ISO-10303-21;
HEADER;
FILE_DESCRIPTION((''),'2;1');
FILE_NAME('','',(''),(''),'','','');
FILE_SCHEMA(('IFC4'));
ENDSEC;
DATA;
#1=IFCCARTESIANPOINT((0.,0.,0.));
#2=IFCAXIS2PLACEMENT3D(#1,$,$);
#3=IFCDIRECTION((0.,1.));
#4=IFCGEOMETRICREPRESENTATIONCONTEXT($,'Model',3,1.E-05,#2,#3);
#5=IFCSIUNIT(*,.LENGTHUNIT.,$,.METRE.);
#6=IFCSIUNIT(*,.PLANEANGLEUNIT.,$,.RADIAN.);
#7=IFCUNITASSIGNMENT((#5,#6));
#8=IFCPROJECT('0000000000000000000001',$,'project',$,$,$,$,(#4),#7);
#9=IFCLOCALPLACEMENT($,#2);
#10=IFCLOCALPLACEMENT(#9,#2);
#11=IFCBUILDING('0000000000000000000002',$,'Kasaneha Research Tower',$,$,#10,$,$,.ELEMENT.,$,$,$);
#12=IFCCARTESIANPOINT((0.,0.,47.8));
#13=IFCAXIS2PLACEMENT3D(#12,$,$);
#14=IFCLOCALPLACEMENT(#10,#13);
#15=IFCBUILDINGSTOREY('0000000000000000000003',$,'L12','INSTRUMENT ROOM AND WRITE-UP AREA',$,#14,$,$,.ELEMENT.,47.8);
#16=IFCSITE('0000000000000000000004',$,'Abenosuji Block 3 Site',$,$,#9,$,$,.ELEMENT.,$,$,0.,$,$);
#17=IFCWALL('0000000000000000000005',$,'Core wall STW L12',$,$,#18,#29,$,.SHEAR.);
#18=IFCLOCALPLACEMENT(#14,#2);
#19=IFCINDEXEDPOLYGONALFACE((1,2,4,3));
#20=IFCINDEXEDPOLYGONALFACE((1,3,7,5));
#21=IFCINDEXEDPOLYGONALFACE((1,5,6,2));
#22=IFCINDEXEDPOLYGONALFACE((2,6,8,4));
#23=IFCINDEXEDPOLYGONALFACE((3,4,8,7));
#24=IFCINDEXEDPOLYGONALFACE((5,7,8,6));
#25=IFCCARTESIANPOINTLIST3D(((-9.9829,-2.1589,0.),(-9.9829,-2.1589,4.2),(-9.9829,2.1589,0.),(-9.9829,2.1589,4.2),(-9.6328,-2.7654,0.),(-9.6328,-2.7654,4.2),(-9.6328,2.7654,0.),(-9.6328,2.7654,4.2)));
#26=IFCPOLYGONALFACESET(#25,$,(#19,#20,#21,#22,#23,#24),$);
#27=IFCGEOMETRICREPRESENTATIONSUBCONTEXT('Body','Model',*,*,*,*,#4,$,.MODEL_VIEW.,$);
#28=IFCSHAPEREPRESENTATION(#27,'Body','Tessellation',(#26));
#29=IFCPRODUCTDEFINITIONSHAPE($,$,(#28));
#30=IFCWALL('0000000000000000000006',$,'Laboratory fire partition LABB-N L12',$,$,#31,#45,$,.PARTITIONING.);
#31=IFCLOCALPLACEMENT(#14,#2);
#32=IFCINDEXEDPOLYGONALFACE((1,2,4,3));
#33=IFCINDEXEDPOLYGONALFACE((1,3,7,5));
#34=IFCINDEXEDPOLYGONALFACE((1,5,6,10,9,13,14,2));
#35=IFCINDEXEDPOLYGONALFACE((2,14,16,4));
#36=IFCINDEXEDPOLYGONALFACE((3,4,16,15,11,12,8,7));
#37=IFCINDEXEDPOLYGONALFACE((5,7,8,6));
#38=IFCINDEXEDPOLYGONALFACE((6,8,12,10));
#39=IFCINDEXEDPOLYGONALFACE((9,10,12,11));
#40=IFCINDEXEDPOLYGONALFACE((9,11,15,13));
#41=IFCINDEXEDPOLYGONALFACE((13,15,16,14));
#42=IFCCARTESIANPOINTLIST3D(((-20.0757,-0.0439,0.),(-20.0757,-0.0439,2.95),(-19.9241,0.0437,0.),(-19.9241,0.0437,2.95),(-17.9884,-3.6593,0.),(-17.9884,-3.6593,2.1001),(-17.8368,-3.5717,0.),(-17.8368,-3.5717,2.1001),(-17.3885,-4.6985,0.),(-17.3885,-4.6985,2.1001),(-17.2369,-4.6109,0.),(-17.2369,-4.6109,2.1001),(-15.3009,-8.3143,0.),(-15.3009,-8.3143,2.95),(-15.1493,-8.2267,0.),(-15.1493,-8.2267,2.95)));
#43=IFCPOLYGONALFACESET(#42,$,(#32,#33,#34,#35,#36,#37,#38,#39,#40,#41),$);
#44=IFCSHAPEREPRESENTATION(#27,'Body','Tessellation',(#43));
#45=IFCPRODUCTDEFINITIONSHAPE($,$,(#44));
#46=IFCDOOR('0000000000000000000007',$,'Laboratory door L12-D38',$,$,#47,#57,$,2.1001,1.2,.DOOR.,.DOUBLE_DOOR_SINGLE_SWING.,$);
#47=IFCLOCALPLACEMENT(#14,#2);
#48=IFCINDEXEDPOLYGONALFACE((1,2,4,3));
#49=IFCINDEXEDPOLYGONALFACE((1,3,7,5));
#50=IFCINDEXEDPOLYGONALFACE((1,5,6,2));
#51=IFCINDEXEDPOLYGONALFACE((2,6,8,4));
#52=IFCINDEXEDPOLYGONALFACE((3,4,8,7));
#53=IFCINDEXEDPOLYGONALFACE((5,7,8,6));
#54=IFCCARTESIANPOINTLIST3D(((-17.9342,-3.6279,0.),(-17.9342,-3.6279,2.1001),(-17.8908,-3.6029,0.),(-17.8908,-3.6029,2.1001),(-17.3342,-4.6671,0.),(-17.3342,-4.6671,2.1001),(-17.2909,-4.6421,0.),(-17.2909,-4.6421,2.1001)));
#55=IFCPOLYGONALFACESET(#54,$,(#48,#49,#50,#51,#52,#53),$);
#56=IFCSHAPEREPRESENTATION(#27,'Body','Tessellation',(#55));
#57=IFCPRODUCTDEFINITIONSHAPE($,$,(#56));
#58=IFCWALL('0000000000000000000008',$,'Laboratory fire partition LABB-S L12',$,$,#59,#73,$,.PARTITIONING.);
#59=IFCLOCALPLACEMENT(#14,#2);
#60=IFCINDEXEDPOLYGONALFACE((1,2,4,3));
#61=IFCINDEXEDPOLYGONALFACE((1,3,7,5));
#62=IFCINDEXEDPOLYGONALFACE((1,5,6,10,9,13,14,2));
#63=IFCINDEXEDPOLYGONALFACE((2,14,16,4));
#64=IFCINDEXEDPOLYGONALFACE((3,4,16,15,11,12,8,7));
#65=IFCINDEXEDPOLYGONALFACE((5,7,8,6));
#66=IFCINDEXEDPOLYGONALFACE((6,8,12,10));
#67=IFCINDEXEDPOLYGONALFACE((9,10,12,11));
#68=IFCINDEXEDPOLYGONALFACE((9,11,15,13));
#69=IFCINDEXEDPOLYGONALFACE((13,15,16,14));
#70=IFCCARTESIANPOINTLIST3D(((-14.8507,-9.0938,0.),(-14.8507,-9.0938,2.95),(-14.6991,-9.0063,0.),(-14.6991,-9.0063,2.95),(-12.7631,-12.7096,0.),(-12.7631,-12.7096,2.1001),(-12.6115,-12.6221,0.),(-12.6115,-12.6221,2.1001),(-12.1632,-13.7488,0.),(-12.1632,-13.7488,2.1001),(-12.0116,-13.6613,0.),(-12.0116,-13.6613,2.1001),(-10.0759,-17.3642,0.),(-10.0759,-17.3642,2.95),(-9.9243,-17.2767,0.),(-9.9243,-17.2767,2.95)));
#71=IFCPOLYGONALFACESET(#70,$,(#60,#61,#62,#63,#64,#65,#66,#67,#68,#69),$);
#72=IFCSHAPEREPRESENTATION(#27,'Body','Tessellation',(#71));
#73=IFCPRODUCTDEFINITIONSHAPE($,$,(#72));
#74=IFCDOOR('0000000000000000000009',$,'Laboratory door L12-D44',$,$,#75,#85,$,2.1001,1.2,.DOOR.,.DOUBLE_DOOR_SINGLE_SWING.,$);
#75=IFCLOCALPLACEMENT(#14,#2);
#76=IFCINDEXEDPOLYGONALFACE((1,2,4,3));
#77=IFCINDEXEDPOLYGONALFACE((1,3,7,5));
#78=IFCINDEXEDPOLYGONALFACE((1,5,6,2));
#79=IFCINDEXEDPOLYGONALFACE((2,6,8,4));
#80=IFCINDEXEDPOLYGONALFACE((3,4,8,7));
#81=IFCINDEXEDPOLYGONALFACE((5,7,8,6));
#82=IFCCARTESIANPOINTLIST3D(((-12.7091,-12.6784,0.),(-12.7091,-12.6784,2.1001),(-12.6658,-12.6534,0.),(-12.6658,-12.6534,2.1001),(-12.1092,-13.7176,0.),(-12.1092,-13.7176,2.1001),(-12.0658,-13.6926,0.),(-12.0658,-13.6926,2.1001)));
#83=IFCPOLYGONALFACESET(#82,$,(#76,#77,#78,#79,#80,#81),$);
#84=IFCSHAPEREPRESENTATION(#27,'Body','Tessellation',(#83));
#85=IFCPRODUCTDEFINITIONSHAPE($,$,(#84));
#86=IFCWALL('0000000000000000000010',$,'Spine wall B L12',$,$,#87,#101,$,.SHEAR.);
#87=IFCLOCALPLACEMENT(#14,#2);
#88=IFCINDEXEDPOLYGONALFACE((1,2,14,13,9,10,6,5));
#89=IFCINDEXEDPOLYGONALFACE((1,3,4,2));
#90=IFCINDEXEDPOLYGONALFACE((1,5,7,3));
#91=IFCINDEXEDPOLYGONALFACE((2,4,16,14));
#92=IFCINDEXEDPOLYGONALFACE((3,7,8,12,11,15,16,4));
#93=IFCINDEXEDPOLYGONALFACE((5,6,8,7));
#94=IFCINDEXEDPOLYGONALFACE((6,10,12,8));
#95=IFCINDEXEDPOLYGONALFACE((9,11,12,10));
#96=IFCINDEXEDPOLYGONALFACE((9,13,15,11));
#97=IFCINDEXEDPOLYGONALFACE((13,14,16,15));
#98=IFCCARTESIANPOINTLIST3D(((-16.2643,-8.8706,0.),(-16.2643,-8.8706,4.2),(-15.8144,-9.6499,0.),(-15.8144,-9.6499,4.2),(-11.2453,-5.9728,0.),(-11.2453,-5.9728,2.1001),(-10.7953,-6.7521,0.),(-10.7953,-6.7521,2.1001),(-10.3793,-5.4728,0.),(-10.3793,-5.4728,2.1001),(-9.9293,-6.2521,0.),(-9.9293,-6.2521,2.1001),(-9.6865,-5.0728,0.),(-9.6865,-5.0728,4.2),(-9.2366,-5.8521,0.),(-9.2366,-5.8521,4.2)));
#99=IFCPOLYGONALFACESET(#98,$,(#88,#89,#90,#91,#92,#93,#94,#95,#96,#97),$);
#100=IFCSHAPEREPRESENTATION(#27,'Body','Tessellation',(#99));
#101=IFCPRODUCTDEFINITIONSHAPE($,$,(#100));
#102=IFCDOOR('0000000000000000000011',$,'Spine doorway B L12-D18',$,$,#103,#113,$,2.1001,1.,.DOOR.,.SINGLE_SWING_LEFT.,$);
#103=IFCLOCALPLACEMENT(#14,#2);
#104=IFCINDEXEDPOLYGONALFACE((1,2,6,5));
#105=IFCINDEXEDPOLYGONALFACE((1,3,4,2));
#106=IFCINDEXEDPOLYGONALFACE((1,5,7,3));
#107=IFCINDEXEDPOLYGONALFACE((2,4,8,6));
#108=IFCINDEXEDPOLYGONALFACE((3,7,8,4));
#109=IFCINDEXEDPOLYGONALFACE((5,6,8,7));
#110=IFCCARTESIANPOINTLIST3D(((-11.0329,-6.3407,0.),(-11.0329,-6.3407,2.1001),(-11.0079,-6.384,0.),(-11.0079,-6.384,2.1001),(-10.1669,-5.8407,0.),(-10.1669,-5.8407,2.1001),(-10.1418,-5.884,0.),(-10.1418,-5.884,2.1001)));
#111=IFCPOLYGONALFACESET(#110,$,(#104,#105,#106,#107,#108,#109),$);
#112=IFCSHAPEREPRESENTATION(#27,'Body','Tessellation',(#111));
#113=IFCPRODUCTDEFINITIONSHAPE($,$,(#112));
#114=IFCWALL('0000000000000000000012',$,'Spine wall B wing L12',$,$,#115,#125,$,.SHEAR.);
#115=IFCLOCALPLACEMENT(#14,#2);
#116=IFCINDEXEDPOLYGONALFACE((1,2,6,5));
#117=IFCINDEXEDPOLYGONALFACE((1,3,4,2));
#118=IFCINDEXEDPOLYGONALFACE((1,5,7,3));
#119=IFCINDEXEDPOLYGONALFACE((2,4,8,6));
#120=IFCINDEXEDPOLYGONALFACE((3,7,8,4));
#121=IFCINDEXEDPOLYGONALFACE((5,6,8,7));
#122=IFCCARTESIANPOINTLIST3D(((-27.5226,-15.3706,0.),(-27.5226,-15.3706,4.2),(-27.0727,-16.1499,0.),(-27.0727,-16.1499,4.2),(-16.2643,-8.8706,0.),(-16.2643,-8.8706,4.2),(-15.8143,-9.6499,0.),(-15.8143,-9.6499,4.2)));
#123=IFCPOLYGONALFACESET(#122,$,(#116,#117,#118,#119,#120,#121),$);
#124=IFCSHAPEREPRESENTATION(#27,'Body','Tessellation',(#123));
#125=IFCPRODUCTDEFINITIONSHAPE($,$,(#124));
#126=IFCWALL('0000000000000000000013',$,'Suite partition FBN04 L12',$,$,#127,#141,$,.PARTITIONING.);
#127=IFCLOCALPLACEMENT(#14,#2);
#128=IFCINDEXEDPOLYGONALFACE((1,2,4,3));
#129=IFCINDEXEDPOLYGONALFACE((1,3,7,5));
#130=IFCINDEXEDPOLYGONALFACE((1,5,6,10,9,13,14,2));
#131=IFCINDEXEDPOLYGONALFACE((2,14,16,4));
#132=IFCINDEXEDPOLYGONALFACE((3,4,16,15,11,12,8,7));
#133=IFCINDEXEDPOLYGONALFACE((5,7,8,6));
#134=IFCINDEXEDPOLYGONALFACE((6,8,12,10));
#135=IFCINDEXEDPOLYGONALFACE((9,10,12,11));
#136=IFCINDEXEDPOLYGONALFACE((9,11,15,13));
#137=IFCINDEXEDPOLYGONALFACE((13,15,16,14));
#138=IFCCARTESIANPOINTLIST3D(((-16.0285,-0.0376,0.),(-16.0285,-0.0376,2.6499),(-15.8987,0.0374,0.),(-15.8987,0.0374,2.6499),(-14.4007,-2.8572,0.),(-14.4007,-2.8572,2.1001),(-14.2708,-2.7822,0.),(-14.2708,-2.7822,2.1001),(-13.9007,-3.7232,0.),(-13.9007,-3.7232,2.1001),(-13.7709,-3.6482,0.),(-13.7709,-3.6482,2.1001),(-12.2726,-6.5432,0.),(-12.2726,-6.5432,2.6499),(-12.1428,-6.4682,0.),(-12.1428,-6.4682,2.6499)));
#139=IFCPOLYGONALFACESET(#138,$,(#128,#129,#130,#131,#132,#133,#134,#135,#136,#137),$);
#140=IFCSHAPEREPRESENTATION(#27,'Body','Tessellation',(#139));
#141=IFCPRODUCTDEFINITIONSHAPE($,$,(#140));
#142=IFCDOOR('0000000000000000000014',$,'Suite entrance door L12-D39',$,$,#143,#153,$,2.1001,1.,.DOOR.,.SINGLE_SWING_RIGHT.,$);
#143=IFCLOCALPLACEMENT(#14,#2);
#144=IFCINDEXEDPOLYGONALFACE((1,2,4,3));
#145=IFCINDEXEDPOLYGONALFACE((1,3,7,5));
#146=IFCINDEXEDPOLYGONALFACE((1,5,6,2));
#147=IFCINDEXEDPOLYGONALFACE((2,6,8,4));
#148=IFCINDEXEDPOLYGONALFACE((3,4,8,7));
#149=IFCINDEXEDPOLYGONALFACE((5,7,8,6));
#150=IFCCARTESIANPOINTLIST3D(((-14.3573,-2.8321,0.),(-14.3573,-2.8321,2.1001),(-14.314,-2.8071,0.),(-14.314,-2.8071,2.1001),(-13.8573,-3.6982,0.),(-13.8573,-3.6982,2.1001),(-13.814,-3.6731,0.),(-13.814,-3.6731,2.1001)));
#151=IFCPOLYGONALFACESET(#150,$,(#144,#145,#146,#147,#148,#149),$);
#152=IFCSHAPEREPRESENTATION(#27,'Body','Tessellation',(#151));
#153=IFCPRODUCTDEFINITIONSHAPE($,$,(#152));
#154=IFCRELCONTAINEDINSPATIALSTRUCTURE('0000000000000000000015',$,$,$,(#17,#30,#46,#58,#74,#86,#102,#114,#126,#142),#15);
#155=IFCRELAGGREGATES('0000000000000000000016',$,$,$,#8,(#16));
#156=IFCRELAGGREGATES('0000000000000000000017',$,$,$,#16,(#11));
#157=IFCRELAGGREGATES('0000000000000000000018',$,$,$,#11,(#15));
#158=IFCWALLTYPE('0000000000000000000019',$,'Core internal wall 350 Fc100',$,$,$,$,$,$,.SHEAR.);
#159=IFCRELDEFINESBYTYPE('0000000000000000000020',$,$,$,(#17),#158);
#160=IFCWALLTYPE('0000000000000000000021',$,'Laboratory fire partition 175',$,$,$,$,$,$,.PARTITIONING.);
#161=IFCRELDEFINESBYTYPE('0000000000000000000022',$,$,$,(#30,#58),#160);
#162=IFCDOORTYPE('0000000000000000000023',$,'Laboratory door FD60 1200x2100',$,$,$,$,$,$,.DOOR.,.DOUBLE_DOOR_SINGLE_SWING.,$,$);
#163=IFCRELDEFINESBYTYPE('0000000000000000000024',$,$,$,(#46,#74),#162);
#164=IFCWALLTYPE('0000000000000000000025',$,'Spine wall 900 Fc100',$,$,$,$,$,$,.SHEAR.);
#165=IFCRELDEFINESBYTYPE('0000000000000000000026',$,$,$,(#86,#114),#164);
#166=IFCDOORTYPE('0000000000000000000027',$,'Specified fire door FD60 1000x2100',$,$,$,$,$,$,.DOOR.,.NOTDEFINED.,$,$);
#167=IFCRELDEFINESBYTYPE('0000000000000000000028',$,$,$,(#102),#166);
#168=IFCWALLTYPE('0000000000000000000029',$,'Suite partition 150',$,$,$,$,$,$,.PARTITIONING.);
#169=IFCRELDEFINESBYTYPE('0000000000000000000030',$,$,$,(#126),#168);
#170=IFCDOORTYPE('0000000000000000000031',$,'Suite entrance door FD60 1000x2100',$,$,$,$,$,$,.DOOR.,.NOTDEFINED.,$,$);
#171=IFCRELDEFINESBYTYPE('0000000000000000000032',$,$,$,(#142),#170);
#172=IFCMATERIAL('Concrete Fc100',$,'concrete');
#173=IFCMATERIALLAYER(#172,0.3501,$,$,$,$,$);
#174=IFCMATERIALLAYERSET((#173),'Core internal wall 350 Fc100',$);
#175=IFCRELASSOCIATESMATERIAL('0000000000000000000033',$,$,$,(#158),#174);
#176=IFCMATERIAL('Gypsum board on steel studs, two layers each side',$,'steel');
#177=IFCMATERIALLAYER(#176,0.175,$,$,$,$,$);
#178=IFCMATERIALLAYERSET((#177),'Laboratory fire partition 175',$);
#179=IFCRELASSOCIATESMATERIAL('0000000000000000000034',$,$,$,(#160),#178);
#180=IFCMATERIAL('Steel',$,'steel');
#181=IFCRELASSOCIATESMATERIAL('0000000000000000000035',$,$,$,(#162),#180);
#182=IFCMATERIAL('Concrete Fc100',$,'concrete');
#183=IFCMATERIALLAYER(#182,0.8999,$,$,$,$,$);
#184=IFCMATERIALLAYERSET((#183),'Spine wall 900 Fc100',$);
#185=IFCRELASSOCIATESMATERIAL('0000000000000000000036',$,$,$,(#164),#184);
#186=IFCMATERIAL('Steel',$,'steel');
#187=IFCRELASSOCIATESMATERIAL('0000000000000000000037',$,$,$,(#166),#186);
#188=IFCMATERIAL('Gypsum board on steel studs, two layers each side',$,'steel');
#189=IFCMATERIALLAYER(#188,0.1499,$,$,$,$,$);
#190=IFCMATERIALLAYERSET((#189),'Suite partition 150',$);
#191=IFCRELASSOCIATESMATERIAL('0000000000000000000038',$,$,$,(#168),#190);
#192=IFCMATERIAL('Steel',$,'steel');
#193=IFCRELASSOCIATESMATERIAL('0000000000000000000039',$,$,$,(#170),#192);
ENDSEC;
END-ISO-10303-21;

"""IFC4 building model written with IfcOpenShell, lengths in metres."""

from ifc_helpers import new_model, si_unit, direction, frame, frame_2d, origin, place, context, subcontext, project, spatial, polyline, rectangle, outline, extrude, material, layer, layer_set, type_object, element, fill, save


model = new_model("IFC4")

# Units and contexts
model_context = context("Model", 3, precision=1e-05, world=origin(), true_north=direction((0.0, 1.0)))
body_context = subcontext(model_context, "Body", "Model", "MODEL_VIEW")
ifc_project = project(units=[si_unit("LENGTHUNIT", "METRE"), si_unit("PLANEANGLEUNIT", "RADIAN")], contexts=[model_context])

# Site, building, storey
site_placement = place(None, origin())
site = spatial("IfcSite", under=ifc_project, at=site_placement, Name="Abenosuji Block 3 Site", CompositionType="ELEMENT", RefElevation=0.0)
building_placement = place(site_placement, origin())
building = spatial("IfcBuilding", under=site, at=building_placement, Name="Kasaneha Research Tower", CompositionType="ELEMENT")
storey_placement = place(building_placement, frame((0.0, 0.0, 47.8)))
storey = spatial("IfcBuildingStorey", under=building, at=storey_placement, Name="L12", Description="INSTRUMENT ROOM AND WRITE-UP AREA", CompositionType="ELEMENT", Elevation=47.8)

# Shared definitions
ifc_material_1 = material(Name="Concrete Fc100", Category="concrete")
ifc_layer_1 = layer(ifc_material_1, 0.3501)
ifc_layer_set_1 = layer_set([ifc_layer_1], Name="Core internal wall 350 Fc100")
wall_type_1 = type_object("IfcWallType", Name="Core internal wall 350 Fc100", PredefinedType="SHEAR", material=ifc_layer_set_1)

# Wall
wall_1_placement = place(storey_placement, frame((-9.8079, -2.4622, 0.0), z_axis=(0.0, 0.0, 1.0), x_axis=(0.0, 1.0, 0.0)))
element("IfcWall", 1, at=wall_1_placement, inside=storey, type_object=wall_type_1, Name="Core wall STW L12", PredefinedType="SHEAR", context=body_context, shape_type="SweptSolid", body=[
    extrude(outline(polyline([(-0.3032, -0.175), (5.2275, -0.175), (4.6211, 0.175), (0.3032, 0.175), (-0.3032, -0.175)])), origin(), (0.0, 0.0, 1.0), 4.2),
])

# Walls, openings, doors
ifc_material_2 = material(Name="Gypsum board on steel studs, two layers each side", Category="steel")
ifc_layer_2 = layer(ifc_material_2, 0.175)
ifc_layer_set_2 = layer_set([ifc_layer_2], Name="Laboratory fire partition 175")
wall_type_2 = type_object("IfcWallType", Name="Laboratory fire partition 175", PredefinedType="PARTITIONING", material=ifc_layer_set_2)
wall_2_placement = place(storey_placement, frame((-15.2251, -8.2705, 0.0), z_axis=(0.0, 0.0, 1.0), x_axis=(-0.499994, 0.866029, 0.0)))
wall_2 = element("IfcWall", 2, at=wall_2_placement, inside=storey, type_object=wall_type_2, Name="Laboratory fire partition LABB-N L12", PredefinedType="PARTITIONING", context=body_context, shape_type="SweptSolid", body=[
    extrude(rectangle(XDim=9.5498, YDim=0.175, at=frame_2d((4.7749, 0.0))), origin(), (0.0, 0.0, 1.0), 2.95),
])
opening_1_placement = place(wall_2_placement, frame((4.175, 0.0, 0.0)))
opening_1 = element("IfcOpeningElement", 3, at=opening_1_placement, cuts=wall_2, PredefinedType="OPENING", context=body_context, shape_type="SweptSolid", body=[
    extrude(rectangle(XDim=1.2, YDim=2.1001, at=frame_2d((0.6001, 1.05))), frame((0.0, 0.0977, 0.0), z_axis=(0.0, -1.0, 0.0), x_axis=(1.0, 0.0, 0.0)), (0.0, 0.0, 1.0), 0.1951),
])
ifc_material_3 = material(Name="Steel", Category="steel")
door_type_1 = type_object("IfcDoorType", Name="Laboratory door FD60 1200x2100", OperationType="DOUBLE_DOOR_SINGLE_SWING", PredefinedType="DOOR", material=ifc_material_3)
door_1_placement = place(opening_1_placement, origin())
door_1 = element("IfcDoor", 4, at=door_1_placement, inside=storey, type_object=door_type_1, Name="Laboratory door L12-D38", OperationType="DOUBLE_DOOR_SINGLE_SWING", OverallHeight=2.1001, OverallWidth=1.2, PredefinedType="DOOR", context=body_context, shape_type="SweptSolid", body=[
    extrude(rectangle(XDim=1.2, YDim=2.1001, at=frame_2d((0.6001, 1.05))), frame((0.0, 0.0249, 0.0), z_axis=(0.0, -1.0, 0.0), x_axis=(1.0, 0.0, 0.0)), (0.0, 0.0, 1.0), 0.05),
])
fill(opening_1, door_1)
wall_3_placement = place(storey_placement, frame((-14.7749, -9.05, 0.0), z_axis=(0.0, 0.0, 1.0), x_axis=(0.499994, -0.866029, 0.0)))
wall_3 = element("IfcWall", 5, at=wall_3_placement, inside=storey, type_object=wall_type_2, Name="Laboratory fire partition LABB-S L12", PredefinedType="PARTITIONING", context=body_context, shape_type="SweptSolid", body=[
    extrude(rectangle(XDim=9.5498, YDim=0.175, at=frame_2d((4.7749, 0.0))), origin(), (0.0, 0.0, 1.0), 2.95),
])
opening_2_placement = place(wall_3_placement, frame((4.175, 0.0, 0.0)))
opening_2 = element("IfcOpeningElement", 6, at=opening_2_placement, cuts=wall_3, PredefinedType="OPENING", context=body_context, shape_type="SweptSolid", body=[
    extrude(rectangle(XDim=1.2, YDim=2.1001, at=frame_2d((0.6001, 1.05))), frame((0.0, 0.0977, 0.0), z_axis=(0.0, -1.0, 0.0), x_axis=(1.0, 0.0, 0.0)), (0.0, 0.0, 1.0), 0.1951),
])
door_2_placement = place(opening_2_placement, origin())
door_2 = element("IfcDoor", 7, at=door_2_placement, inside=storey, type_object=door_type_1, Name="Laboratory door L12-D44", OperationType="DOUBLE_DOOR_SINGLE_SWING", OverallHeight=2.1001, OverallWidth=1.2, PredefinedType="DOOR", context=body_context, shape_type="SweptSolid", body=[
    extrude(rectangle(XDim=1.2, YDim=2.1001, at=frame_2d((0.6001, 1.05))), frame((0.0, 0.0249, 0.0), z_axis=(0.0, -1.0, 0.0), x_axis=(1.0, 0.0, 0.0)), (0.0, 0.0, 1.0), 0.05),
])
fill(opening_2, door_2)
ifc_material_4 = material(Name="Concrete Fc100", Category="concrete")
ifc_layer_3 = layer(ifc_material_4, 0.8999)
ifc_layer_set_3 = layer_set([ifc_layer_3], Name="Spine wall 900 Fc100")
wall_type_3 = type_object("IfcWallType", Name="Spine wall 900 Fc100", PredefinedType="SHEAR", material=ifc_layer_set_3)
wall_4_placement = place(storey_placement, frame((-9.4614, -5.4624, 0.0), z_axis=(0.0, 0.0, 1.0), x_axis=(-0.866019, -0.500011, 0.0)))
wall_4 = element("IfcWall", 8, at=wall_4_placement, inside=storey, type_object=wall_type_3, Name="Spine wall B L12", PredefinedType="SHEAR", context=body_context, shape_type="SweptSolid", body=[
    extrude(rectangle(XDim=7.5955, YDim=0.8999, at=frame_2d((3.7979, 0.0))), origin(), (0.0, 0.0, 1.0), 4.2),
])
opening_3_placement = place(wall_4_placement, frame((0.8, 0.0, 0.0)))
opening_3 = element("IfcOpeningElement", 9, at=opening_3_placement, cuts=wall_4, PredefinedType="OPENING", context=body_context, shape_type="SweptSolid", body=[
    extrude(rectangle(XDim=1.0, YDim=2.1001, at=frame_2d((0.5, 1.05))), frame((0.0, 0.46, 0.0), z_axis=(0.0, -1.0, 0.0), x_axis=(1.0, 0.0, 0.0)), (0.0, 0.0, 1.0), 0.9199),
])
ifc_material_5 = material(Name="Steel", Category="steel")
door_type_2 = type_object("IfcDoorType", Name="Specified fire door FD60 1000x2100", OperationType="NOTDEFINED", PredefinedType="DOOR", material=ifc_material_5)
door_3_placement = place(opening_3_placement, origin())
door_3 = element("IfcDoor", 10, at=door_3_placement, inside=storey, type_object=door_type_2, Name="Spine doorway B L12-D18", OperationType="SINGLE_SWING_LEFT", OverallHeight=2.1001, OverallWidth=1.0, PredefinedType="DOOR", context=body_context, shape_type="SweptSolid", body=[
    extrude(rectangle(XDim=1.0, YDim=2.1001, at=frame_2d((0.5, 1.05))), frame((0.0, 0.0249, 0.0), z_axis=(0.0, -1.0, 0.0), x_axis=(1.0, 0.0, 0.0)), (0.0, 0.0, 1.0), 0.05),
])
fill(opening_3, door_3)

# Wall
wall_5_placement = place(storey_placement, frame((-16.0393, -9.2603, 0.0), z_axis=(0.0, 0.0, 1.0), x_axis=(-0.866025, -0.500001, 0.0)))
element("IfcWall", 11, at=wall_5_placement, inside=storey, type_object=wall_type_3, Name="Spine wall B wing L12", PredefinedType="SHEAR", context=body_context, shape_type="SweptSolid", body=[
    extrude(rectangle(XDim=13.0, YDim=0.8999, at=frame_2d((6.5, 0.0))), origin(), (0.0, 0.0, 1.0), 4.2),
])

# Wall, opening, door
ifc_material_6 = material(Name="Gypsum board on steel studs, two layers each side", Category="steel")
ifc_layer_4 = layer(ifc_material_6, 0.1499)
ifc_layer_set_4 = layer_set([ifc_layer_4], Name="Suite partition 150")
wall_type_4 = type_object("IfcWallType", Name="Suite partition 150", PredefinedType="PARTITIONING", material=ifc_layer_set_4)
wall_6_placement = place(storey_placement, frame((-12.2078, -6.5056, 0.0), z_axis=(0.0, 0.0, 1.0), x_axis=(-0.499984, 0.866035, 0.0)))
wall_6 = element("IfcWall", 12, at=wall_6_placement, inside=storey, type_object=wall_type_4, Name="Suite partition FBN04 L12", PredefinedType="PARTITIONING", context=body_context, shape_type="SweptSolid", body=[
    extrude(rectangle(XDim=7.512, YDim=0.1499, at=frame_2d((3.7559, 0.0))), origin(), (0.0, 0.0, 1.0), 2.6499),
])
opening_4_placement = place(wall_6_placement, frame((3.2561, 0.0, 0.0)))
opening_4 = element("IfcOpeningElement", 13, at=opening_4_placement, cuts=wall_6, PredefinedType="OPENING", context=body_context, shape_type="SweptSolid", body=[
    extrude(rectangle(XDim=1.0, YDim=2.1001, at=frame_2d((0.5, 1.05))), frame((0.0, 0.085, 0.0), z_axis=(0.0, -1.0, 0.0), x_axis=(1.0, 0.0, 0.0)), (0.0, 0.0, 1.0), 0.1699),
])
ifc_material_7 = material(Name="Steel", Category="steel")
door_type_3 = type_object("IfcDoorType", Name="Suite entrance door FD60 1000x2100", OperationType="NOTDEFINED", PredefinedType="DOOR", material=ifc_material_7)
door_4_placement = place(opening_4_placement, origin())
door_4 = element("IfcDoor", 14, at=door_4_placement, inside=storey, type_object=door_type_3, Name="Suite entrance door L12-D39", OperationType="SINGLE_SWING_RIGHT", OverallHeight=2.1001, OverallWidth=1.0, PredefinedType="DOOR", context=body_context, shape_type="SweptSolid", body=[
    extrude(rectangle(XDim=1.0, YDim=2.1001, at=frame_2d((0.5, 1.05))), frame((0.0, 0.0249, 0.0), z_axis=(0.0, -1.0, 0.0), x_axis=(1.0, 0.0, 0.0)), (0.0, 0.0, 1.0), 0.05),
])
fill(opening_4, door_4)

save(model, "model.ifc")
